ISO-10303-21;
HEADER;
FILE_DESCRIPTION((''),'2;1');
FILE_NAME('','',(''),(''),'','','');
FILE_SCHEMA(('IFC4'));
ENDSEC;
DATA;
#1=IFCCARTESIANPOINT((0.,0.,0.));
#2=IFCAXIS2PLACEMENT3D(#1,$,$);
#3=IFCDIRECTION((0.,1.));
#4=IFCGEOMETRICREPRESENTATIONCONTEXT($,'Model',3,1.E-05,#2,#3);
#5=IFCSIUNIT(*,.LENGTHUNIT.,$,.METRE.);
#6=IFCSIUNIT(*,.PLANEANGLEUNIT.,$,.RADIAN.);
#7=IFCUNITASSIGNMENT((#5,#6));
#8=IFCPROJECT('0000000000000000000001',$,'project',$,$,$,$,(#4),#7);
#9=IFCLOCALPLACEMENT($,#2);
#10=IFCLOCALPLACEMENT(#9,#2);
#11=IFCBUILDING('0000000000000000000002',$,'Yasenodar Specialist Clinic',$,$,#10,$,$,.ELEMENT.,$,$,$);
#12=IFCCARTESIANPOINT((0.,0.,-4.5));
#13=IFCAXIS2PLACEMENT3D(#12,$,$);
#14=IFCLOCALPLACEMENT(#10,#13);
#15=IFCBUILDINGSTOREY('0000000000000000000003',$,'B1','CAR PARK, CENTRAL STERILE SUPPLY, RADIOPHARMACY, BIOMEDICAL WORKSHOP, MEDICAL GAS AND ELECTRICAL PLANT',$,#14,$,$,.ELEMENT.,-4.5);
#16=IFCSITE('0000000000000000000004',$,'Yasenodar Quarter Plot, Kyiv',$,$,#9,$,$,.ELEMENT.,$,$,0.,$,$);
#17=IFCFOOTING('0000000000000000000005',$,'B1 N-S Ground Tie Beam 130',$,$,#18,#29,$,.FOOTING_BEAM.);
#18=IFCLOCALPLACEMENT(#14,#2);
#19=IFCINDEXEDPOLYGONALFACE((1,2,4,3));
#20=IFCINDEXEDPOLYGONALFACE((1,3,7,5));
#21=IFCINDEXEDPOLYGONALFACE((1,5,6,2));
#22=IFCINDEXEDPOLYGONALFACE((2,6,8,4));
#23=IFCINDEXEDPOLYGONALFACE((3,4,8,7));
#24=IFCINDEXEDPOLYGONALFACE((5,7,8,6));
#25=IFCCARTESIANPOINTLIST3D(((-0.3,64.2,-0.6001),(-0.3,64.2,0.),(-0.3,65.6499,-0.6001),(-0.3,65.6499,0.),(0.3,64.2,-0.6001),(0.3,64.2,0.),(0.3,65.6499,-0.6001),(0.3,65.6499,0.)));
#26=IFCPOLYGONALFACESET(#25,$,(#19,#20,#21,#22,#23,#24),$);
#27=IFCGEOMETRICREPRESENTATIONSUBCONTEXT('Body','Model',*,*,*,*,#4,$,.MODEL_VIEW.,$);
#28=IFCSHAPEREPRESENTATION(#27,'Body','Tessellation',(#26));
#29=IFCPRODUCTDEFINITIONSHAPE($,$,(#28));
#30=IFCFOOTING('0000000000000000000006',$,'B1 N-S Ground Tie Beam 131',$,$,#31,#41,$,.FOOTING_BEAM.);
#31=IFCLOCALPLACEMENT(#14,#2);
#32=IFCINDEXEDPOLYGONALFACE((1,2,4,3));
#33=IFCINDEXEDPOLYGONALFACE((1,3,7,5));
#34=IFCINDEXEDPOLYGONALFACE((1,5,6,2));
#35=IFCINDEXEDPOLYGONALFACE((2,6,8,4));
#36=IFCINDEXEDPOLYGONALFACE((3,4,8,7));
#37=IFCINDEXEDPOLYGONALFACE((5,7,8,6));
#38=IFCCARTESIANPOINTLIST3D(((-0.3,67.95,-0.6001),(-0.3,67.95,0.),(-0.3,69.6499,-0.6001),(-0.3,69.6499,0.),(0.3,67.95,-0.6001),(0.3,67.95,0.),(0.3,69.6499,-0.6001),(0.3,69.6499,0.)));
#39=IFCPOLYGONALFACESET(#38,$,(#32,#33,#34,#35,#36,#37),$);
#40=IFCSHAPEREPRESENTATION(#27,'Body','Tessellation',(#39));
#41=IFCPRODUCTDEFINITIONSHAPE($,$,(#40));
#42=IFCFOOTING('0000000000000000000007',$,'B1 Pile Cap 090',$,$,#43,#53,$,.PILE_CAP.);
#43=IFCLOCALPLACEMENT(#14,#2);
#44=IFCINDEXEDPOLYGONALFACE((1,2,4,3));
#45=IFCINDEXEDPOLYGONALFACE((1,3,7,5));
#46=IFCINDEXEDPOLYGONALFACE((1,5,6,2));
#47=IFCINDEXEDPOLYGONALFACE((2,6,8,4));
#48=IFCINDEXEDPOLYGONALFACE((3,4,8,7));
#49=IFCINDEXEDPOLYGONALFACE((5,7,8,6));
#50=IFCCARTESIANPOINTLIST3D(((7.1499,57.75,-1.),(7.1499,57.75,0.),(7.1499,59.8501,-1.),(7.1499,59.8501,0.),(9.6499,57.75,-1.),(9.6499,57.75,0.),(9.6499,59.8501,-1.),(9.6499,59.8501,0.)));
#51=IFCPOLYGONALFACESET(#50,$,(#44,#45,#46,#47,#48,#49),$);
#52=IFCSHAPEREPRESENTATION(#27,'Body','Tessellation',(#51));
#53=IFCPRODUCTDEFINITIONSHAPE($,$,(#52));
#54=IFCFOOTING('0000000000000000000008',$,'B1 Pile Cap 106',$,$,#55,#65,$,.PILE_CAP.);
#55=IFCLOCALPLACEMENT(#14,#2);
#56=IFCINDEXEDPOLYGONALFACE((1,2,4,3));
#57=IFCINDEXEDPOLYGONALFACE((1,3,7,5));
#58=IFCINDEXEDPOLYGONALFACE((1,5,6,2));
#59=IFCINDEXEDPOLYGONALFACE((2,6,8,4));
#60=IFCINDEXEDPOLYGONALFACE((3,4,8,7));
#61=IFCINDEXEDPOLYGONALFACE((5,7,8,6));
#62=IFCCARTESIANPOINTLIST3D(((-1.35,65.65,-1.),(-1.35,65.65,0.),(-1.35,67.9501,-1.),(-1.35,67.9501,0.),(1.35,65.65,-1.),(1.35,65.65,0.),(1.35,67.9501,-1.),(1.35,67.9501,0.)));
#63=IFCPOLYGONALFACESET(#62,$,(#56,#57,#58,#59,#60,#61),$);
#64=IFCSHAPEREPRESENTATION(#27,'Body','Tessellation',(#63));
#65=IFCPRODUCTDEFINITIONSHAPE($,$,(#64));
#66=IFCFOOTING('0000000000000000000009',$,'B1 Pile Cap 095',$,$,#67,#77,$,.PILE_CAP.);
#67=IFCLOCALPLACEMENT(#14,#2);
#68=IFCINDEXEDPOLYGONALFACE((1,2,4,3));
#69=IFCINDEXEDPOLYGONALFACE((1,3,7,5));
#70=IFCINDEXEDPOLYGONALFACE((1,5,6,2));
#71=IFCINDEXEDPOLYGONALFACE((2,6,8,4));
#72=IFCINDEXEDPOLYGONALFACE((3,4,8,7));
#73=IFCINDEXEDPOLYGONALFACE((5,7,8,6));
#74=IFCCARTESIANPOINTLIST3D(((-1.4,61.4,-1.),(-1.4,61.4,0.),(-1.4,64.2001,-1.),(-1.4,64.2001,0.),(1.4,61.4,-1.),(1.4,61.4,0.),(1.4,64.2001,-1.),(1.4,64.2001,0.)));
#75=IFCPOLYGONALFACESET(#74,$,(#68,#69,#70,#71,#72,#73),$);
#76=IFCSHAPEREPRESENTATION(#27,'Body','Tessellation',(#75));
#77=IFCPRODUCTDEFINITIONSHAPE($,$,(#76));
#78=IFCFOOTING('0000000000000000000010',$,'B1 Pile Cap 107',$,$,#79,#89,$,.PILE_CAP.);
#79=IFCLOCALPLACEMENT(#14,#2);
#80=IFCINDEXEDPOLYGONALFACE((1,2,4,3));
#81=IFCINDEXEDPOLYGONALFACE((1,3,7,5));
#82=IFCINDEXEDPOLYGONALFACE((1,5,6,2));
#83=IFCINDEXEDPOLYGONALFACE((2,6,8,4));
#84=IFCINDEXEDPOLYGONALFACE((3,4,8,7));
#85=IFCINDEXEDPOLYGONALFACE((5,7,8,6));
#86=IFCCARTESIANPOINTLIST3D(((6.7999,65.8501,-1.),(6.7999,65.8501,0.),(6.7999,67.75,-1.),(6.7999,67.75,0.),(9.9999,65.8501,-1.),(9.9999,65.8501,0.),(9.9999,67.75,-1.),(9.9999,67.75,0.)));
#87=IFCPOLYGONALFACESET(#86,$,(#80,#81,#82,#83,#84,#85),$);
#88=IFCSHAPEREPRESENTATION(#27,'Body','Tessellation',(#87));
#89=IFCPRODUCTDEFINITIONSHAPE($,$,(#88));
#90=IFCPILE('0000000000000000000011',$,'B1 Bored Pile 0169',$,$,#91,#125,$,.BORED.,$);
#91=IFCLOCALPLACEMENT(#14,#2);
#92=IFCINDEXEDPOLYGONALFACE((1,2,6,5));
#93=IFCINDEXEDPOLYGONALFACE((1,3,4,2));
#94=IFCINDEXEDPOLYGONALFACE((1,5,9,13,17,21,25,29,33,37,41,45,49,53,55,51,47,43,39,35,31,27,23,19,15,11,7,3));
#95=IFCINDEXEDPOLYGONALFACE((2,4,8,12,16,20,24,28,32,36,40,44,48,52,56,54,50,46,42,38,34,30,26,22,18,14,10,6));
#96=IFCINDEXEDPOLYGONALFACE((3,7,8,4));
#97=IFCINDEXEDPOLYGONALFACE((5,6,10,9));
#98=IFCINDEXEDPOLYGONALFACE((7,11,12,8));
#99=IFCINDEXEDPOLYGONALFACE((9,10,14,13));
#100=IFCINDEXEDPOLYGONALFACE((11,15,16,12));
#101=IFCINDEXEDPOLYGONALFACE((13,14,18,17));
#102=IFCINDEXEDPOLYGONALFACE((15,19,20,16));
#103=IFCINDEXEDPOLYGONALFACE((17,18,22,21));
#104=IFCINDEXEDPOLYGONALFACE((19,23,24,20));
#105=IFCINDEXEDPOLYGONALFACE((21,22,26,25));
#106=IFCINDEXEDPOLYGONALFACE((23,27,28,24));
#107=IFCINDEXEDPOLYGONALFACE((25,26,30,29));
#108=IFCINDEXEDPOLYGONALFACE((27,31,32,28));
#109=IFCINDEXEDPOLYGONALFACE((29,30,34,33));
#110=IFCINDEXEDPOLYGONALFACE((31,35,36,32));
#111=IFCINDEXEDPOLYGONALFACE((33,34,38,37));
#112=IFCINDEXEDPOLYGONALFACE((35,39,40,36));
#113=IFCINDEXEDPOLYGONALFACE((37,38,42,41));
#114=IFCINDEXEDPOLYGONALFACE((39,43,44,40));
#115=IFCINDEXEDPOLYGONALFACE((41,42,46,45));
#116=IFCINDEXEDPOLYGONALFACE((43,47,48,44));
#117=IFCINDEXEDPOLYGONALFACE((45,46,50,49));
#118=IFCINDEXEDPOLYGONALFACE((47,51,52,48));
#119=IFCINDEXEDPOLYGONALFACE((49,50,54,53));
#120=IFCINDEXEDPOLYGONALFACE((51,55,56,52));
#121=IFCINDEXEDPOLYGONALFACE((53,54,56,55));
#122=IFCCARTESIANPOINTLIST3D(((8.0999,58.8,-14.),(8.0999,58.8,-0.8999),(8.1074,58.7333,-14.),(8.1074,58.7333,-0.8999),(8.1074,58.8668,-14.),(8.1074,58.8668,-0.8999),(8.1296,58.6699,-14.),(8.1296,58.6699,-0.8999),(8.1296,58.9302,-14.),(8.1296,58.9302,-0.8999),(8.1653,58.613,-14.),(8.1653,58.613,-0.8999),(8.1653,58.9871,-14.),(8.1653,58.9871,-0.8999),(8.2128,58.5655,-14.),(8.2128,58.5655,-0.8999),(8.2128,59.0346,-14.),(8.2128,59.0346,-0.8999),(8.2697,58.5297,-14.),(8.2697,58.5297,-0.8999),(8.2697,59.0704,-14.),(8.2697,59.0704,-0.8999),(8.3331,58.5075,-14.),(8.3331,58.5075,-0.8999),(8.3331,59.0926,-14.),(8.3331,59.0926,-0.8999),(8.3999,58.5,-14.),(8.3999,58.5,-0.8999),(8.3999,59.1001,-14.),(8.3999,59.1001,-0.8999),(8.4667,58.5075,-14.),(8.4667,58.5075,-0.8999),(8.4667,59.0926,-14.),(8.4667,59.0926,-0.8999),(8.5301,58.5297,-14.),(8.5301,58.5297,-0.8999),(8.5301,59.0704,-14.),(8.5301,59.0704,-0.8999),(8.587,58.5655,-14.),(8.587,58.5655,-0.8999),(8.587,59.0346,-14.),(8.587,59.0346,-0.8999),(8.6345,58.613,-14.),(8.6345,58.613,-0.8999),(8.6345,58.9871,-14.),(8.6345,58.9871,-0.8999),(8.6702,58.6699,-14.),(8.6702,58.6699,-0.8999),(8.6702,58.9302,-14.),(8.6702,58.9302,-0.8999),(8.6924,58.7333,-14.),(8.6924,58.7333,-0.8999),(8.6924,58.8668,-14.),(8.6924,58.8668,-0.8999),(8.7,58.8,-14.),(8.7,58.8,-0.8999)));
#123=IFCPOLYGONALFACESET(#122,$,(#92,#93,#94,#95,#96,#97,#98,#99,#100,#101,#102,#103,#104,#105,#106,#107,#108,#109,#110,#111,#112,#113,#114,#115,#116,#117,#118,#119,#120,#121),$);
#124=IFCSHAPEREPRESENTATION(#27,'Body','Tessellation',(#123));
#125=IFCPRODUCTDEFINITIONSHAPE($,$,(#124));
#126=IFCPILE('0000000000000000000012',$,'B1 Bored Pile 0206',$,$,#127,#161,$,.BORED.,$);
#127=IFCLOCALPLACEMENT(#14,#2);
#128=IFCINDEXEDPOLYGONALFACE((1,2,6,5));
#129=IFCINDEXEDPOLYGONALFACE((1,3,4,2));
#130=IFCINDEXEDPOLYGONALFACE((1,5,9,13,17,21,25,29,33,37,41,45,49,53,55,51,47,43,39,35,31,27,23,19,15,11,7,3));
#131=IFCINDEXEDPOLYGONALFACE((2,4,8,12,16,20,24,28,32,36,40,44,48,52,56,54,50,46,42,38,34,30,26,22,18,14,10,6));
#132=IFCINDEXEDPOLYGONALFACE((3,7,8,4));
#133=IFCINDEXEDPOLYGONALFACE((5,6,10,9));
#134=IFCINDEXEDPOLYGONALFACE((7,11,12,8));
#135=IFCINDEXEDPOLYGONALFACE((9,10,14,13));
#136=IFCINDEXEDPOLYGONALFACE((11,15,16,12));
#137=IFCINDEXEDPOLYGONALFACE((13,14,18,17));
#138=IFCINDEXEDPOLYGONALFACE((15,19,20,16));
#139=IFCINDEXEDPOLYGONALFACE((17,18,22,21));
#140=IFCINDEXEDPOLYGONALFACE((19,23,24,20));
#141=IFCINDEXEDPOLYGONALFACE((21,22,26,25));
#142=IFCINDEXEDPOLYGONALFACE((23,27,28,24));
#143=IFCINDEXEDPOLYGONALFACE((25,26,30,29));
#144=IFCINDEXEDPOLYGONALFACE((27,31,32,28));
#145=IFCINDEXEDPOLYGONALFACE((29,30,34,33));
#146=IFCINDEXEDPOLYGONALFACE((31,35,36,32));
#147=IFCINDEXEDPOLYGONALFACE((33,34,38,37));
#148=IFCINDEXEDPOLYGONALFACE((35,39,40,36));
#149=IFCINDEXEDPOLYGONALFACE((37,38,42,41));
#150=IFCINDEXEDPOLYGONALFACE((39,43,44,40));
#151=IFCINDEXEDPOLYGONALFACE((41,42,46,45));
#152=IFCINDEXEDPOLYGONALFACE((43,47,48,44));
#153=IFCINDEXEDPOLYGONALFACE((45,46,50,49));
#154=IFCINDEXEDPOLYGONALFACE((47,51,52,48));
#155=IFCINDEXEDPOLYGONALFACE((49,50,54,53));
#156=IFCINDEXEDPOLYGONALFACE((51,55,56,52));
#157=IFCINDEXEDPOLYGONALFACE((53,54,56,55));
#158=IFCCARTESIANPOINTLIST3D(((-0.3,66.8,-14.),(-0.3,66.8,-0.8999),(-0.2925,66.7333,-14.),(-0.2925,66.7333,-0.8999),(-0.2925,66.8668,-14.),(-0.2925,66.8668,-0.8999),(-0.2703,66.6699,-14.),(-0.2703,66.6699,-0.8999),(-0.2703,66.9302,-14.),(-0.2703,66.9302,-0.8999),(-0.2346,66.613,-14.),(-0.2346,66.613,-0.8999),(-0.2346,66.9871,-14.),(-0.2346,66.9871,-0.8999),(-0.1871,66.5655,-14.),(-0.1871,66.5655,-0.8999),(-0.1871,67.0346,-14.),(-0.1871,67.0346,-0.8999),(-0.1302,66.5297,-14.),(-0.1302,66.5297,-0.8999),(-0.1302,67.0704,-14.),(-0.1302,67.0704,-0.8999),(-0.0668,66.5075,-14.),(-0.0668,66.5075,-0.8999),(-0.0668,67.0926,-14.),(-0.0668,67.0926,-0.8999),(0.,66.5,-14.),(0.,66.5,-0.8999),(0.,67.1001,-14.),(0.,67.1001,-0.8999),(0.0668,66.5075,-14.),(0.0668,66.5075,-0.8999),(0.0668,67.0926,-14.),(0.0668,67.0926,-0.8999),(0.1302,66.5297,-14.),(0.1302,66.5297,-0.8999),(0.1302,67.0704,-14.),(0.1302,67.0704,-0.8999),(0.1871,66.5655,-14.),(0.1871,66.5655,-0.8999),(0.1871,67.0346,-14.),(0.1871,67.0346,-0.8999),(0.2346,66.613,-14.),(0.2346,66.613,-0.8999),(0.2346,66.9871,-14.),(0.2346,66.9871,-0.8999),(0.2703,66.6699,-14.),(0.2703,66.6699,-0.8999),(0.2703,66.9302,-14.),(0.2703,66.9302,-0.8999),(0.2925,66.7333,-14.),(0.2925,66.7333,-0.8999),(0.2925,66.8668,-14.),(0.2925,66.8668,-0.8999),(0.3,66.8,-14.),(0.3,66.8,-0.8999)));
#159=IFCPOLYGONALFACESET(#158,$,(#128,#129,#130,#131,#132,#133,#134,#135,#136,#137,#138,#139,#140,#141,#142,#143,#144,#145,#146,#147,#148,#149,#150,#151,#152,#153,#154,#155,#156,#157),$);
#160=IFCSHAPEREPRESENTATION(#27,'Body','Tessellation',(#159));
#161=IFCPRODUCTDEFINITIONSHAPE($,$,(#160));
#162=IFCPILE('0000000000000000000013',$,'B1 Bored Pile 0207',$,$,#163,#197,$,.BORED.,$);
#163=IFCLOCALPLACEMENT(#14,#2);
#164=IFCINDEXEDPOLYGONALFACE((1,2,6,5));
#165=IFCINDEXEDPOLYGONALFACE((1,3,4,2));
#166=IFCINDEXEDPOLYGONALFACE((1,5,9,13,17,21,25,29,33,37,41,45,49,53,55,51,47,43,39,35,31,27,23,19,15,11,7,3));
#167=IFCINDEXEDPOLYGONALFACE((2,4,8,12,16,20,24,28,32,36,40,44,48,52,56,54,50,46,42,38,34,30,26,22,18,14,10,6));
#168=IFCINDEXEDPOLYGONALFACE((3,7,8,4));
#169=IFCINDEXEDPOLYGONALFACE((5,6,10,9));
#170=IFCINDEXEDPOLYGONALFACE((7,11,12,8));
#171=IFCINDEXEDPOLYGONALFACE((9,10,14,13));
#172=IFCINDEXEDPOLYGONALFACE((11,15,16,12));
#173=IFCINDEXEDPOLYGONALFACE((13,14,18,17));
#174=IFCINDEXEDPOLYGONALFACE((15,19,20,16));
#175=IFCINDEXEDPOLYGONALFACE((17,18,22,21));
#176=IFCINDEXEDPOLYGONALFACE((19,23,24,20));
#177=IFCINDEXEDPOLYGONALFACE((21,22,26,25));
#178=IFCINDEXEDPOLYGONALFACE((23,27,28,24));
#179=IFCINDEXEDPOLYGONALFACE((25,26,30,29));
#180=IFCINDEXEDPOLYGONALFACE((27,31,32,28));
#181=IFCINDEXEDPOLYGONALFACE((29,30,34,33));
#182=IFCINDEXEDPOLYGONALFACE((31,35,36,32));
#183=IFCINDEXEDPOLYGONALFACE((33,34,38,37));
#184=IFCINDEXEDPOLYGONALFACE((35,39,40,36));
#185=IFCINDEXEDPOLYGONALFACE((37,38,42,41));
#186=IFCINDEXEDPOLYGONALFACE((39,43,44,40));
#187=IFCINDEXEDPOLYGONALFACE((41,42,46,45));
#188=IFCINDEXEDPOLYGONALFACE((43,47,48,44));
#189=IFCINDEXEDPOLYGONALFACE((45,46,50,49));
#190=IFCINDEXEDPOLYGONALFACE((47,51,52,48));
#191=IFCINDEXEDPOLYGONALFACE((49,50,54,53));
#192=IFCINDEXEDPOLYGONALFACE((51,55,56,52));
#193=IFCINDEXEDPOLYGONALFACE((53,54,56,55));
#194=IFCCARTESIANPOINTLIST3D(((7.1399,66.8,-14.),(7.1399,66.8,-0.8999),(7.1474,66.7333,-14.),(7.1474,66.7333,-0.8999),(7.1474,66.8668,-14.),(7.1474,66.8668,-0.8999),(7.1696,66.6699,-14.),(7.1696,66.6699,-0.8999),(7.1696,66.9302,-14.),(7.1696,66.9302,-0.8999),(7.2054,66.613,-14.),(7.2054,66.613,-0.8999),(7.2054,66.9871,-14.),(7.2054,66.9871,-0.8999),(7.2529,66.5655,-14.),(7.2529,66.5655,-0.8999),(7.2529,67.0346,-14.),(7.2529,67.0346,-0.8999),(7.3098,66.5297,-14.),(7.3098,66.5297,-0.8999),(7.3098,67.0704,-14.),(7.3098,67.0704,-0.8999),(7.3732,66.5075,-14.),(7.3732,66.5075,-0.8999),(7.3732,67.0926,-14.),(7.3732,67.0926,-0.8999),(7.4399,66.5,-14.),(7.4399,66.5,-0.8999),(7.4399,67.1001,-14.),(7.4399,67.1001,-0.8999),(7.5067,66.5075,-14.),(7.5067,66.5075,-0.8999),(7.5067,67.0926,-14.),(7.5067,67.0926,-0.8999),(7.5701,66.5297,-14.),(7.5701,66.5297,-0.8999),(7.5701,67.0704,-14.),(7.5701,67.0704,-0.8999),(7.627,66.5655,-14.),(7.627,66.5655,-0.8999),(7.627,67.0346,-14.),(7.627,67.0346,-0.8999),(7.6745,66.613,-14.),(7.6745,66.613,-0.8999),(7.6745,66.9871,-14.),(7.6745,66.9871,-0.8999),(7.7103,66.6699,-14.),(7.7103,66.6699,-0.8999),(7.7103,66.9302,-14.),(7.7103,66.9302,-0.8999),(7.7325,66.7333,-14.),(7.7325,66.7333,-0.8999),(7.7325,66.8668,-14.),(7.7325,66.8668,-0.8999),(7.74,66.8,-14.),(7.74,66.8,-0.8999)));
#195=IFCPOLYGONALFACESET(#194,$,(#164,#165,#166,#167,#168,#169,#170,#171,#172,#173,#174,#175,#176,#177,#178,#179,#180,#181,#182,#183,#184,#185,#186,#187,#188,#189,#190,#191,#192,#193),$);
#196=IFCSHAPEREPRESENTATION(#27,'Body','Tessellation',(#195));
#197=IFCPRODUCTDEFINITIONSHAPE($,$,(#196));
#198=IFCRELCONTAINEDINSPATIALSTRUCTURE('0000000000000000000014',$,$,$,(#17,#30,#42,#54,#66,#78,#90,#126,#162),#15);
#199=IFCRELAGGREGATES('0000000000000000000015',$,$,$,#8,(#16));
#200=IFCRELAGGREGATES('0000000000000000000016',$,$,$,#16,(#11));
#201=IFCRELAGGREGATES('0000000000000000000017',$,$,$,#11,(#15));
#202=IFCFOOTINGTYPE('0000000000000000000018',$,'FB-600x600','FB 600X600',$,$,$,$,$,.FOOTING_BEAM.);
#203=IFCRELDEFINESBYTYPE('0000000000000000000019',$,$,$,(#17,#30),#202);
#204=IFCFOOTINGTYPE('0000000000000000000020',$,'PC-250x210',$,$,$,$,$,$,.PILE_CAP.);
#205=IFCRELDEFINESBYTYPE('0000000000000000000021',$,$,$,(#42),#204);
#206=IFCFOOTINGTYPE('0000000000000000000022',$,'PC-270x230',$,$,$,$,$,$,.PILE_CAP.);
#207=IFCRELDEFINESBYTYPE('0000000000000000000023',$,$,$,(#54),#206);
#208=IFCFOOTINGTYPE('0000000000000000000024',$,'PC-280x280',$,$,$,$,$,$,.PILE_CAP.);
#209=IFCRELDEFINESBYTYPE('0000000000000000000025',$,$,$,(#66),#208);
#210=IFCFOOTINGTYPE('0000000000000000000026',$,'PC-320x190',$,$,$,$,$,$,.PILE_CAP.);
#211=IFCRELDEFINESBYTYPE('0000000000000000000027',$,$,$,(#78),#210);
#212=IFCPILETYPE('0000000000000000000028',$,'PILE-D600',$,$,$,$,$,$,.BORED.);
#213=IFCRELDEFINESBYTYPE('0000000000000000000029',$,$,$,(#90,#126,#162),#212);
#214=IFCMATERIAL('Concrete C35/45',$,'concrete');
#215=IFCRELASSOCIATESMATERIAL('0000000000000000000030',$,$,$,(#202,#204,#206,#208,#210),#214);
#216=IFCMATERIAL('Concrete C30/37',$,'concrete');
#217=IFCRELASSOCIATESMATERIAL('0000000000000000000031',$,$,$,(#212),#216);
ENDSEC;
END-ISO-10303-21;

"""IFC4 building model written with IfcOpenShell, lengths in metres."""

from ifc_helpers import new_model, si_unit, direction, frame, origin, origin_2d, place, context, subcontext, project, spatial, rectangle, circle, extrude, material, material_profile, profile_set, type_object, element, save


model = new_model("IFC4")

# Units and contexts
model_context = context("Model", 3, precision=1e-05, world=origin(), true_north=direction((0.0, 1.0)))
body_context = subcontext(model_context, "Body", "Model", "MODEL_VIEW")
ifc_project = project(units=[si_unit("LENGTHUNIT", "METRE"), si_unit("PLANEANGLEUNIT", "RADIAN")], contexts=[model_context])

# Site, building, storey
site_placement = place(None, origin())
site = spatial("IfcSite", under=ifc_project, at=site_placement, Name="Yasenodar Quarter Plot, Kyiv", CompositionType="ELEMENT", RefElevation=0.0)
building_placement = place(site_placement, origin())
building = spatial("IfcBuilding", under=site, at=building_placement, Name="Yasenodar Specialist Clinic", CompositionType="ELEMENT")
storey_placement = place(building_placement, frame((0.0, 0.0, -4.5)))
storey = spatial("IfcBuildingStorey", under=building, at=storey_placement, Name="B1", Description="CAR PARK, CENTRAL STERILE SUPPLY, RADIOPHARMACY, BIOMEDICAL WORKSHOP, MEDICAL GAS AND ELECTRICAL PLANT", CompositionType="ELEMENT", Elevation=-4.5)

# Footings
ifc_material_1 = material(Name="Concrete C35/45", Category="concrete")
ifc_material_profile_1 = material_profile(ifc_material_1, rectangle(XDim=0.6001, YDim=0.6001, at=origin_2d()), Name="RC 600x600")
ifc_profile_set_1 = profile_set([ifc_material_profile_1], Name="Concrete C35/45")
footing_type_1 = type_object("IfcFootingType", Name="FB-600x600", Description="FB 600X600", PredefinedType="FOOTING_BEAM", material=ifc_profile_set_1)
footing_1_placement = place(storey_placement, frame((0.0, 64.2, -0.3), z_axis=(0.0, 1.0, 0.0), x_axis=(-1.0, 0.0, 0.0)))
element("IfcFooting", 1, at=footing_1_placement, inside=storey, type_object=footing_type_1, Name="B1 N-S Ground Tie Beam 130", PredefinedType="FOOTING_BEAM", context=body_context, shape_type="SweptSolid", body=[
    extrude(rectangle(XDim=0.6001, YDim=0.6001, at=origin_2d()), origin(), (0.0, 0.0, 1.0), 1.45),
])
footing_2_placement = place(storey_placement, frame((0.0, 67.95, -0.3), z_axis=(0.0, 1.0, 0.0), x_axis=(-1.0, 0.0, 0.0)))
element("IfcFooting", 2, at=footing_2_placement, inside=storey, type_object=footing_type_1, Name="B1 N-S Ground Tie Beam 131", PredefinedType="FOOTING_BEAM", context=body_context, shape_type="SweptSolid", body=[
    extrude(rectangle(XDim=0.6001, YDim=0.6001, at=origin_2d()), origin(), (0.0, 0.0, 1.0), 1.7),
])
footing_type_2 = type_object("IfcFootingType", Name="PC-250x210", PredefinedType="PILE_CAP", material=ifc_material_1)
footing_3_placement = place(storey_placement, frame((8.3999, 58.8, -1.0), z_axis=(0.0, 0.0, 1.0), x_axis=(1.0, 0.0, 0.0)))
element("IfcFooting", 3, at=footing_3_placement, inside=storey, type_object=footing_type_2, Name="B1 Pile Cap 090", PredefinedType="PILE_CAP", context=body_context, shape_type="SweptSolid", body=[
    extrude(rectangle(XDim=2.5, YDim=2.1001, at=origin_2d()), origin(), (0.0, 0.0, 1.0), 1.0),
])
footing_type_3 = type_object("IfcFootingType", Name="PC-270x230", PredefinedType="PILE_CAP", material=ifc_material_1)
footing_4_placement = place(storey_placement, frame((0.0, 66.8, -1.0), z_axis=(0.0, 0.0, 1.0), x_axis=(1.0, 0.0, 0.0)))
element("IfcFooting", 4, at=footing_4_placement, inside=storey, type_object=footing_type_3, Name="B1 Pile Cap 106", PredefinedType="PILE_CAP", context=body_context, shape_type="SweptSolid", body=[
    extrude(rectangle(XDim=2.7, YDim=2.3, at=origin_2d()), origin(), (0.0, 0.0, 1.0), 1.0),
])
footing_type_4 = type_object("IfcFootingType", Name="PC-280x280", PredefinedType="PILE_CAP", material=ifc_material_1)
footing_5_placement = place(storey_placement, frame((0.0, 62.8, -1.0), z_axis=(0.0, 0.0, 1.0), x_axis=(1.0, 0.0, 0.0)))
element("IfcFooting", 5, at=footing_5_placement, inside=storey, type_object=footing_type_4, Name="B1 Pile Cap 095", PredefinedType="PILE_CAP", context=body_context, shape_type="SweptSolid", body=[
    extrude(rectangle(XDim=2.8, YDim=2.8, at=origin_2d()), origin(), (0.0, 0.0, 1.0), 1.0),
])
footing_type_5 = type_object("IfcFootingType", Name="PC-320x190", PredefinedType="PILE_CAP", material=ifc_material_1)
footing_6_placement = place(storey_placement, frame((8.3999, 66.8, -1.0), z_axis=(0.0, 0.0, 1.0), x_axis=(1.0, 0.0, 0.0)))
element("IfcFooting", 6, at=footing_6_placement, inside=storey, type_object=footing_type_5, Name="B1 Pile Cap 107", PredefinedType="PILE_CAP", context=body_context, shape_type="SweptSolid", body=[
    extrude(rectangle(XDim=3.2, YDim=1.8999, at=origin_2d()), origin(), (0.0, 0.0, 1.0), 1.0),
])

# Piles
ifc_material_2 = material(Name="Concrete C30/37", Category="concrete")
ifc_material_profile_2 = material_profile(ifc_material_2, circle(Radius=0.3, at=origin_2d()), Name="PILE D600")
ifc_profile_set_2 = profile_set([ifc_material_profile_2], Name="Concrete C30/37")
pile_type_1 = type_object("IfcPileType", Name="PILE-D600", PredefinedType="BORED", material=ifc_profile_set_2)
for number, where, z_axis, x_axis, name in (
    (7, (8.3999, 58.8, -0.8999), (0.0, 0.0, -1.0), (1.0, 0.0, 0.0), "B1 Bored Pile 0169"),
    (8, (0.0, 66.8, -0.8999), (0.0, 0.0, -1.0), (1.0, 0.0, 0.0), "B1 Bored Pile 0206"),
    (9, (7.4399, 66.8, -0.8999), (0.0, 0.0, -1.0), (1.0, 0.0, 0.0), "B1 Bored Pile 0207"),
):
    element("IfcPile", number, at=place(storey_placement, frame(where, z_axis=z_axis, x_axis=x_axis)), inside=storey, type_object=pile_type_1, Name=name, PredefinedType="BORED", context=body_context, shape_type="SweptSolid", body=[
        extrude(circle(Radius=0.3, at=origin_2d()), origin(), (0.0, 0.0, 1.0), 13.1001),
    ])

save(model, "model.ifc")
